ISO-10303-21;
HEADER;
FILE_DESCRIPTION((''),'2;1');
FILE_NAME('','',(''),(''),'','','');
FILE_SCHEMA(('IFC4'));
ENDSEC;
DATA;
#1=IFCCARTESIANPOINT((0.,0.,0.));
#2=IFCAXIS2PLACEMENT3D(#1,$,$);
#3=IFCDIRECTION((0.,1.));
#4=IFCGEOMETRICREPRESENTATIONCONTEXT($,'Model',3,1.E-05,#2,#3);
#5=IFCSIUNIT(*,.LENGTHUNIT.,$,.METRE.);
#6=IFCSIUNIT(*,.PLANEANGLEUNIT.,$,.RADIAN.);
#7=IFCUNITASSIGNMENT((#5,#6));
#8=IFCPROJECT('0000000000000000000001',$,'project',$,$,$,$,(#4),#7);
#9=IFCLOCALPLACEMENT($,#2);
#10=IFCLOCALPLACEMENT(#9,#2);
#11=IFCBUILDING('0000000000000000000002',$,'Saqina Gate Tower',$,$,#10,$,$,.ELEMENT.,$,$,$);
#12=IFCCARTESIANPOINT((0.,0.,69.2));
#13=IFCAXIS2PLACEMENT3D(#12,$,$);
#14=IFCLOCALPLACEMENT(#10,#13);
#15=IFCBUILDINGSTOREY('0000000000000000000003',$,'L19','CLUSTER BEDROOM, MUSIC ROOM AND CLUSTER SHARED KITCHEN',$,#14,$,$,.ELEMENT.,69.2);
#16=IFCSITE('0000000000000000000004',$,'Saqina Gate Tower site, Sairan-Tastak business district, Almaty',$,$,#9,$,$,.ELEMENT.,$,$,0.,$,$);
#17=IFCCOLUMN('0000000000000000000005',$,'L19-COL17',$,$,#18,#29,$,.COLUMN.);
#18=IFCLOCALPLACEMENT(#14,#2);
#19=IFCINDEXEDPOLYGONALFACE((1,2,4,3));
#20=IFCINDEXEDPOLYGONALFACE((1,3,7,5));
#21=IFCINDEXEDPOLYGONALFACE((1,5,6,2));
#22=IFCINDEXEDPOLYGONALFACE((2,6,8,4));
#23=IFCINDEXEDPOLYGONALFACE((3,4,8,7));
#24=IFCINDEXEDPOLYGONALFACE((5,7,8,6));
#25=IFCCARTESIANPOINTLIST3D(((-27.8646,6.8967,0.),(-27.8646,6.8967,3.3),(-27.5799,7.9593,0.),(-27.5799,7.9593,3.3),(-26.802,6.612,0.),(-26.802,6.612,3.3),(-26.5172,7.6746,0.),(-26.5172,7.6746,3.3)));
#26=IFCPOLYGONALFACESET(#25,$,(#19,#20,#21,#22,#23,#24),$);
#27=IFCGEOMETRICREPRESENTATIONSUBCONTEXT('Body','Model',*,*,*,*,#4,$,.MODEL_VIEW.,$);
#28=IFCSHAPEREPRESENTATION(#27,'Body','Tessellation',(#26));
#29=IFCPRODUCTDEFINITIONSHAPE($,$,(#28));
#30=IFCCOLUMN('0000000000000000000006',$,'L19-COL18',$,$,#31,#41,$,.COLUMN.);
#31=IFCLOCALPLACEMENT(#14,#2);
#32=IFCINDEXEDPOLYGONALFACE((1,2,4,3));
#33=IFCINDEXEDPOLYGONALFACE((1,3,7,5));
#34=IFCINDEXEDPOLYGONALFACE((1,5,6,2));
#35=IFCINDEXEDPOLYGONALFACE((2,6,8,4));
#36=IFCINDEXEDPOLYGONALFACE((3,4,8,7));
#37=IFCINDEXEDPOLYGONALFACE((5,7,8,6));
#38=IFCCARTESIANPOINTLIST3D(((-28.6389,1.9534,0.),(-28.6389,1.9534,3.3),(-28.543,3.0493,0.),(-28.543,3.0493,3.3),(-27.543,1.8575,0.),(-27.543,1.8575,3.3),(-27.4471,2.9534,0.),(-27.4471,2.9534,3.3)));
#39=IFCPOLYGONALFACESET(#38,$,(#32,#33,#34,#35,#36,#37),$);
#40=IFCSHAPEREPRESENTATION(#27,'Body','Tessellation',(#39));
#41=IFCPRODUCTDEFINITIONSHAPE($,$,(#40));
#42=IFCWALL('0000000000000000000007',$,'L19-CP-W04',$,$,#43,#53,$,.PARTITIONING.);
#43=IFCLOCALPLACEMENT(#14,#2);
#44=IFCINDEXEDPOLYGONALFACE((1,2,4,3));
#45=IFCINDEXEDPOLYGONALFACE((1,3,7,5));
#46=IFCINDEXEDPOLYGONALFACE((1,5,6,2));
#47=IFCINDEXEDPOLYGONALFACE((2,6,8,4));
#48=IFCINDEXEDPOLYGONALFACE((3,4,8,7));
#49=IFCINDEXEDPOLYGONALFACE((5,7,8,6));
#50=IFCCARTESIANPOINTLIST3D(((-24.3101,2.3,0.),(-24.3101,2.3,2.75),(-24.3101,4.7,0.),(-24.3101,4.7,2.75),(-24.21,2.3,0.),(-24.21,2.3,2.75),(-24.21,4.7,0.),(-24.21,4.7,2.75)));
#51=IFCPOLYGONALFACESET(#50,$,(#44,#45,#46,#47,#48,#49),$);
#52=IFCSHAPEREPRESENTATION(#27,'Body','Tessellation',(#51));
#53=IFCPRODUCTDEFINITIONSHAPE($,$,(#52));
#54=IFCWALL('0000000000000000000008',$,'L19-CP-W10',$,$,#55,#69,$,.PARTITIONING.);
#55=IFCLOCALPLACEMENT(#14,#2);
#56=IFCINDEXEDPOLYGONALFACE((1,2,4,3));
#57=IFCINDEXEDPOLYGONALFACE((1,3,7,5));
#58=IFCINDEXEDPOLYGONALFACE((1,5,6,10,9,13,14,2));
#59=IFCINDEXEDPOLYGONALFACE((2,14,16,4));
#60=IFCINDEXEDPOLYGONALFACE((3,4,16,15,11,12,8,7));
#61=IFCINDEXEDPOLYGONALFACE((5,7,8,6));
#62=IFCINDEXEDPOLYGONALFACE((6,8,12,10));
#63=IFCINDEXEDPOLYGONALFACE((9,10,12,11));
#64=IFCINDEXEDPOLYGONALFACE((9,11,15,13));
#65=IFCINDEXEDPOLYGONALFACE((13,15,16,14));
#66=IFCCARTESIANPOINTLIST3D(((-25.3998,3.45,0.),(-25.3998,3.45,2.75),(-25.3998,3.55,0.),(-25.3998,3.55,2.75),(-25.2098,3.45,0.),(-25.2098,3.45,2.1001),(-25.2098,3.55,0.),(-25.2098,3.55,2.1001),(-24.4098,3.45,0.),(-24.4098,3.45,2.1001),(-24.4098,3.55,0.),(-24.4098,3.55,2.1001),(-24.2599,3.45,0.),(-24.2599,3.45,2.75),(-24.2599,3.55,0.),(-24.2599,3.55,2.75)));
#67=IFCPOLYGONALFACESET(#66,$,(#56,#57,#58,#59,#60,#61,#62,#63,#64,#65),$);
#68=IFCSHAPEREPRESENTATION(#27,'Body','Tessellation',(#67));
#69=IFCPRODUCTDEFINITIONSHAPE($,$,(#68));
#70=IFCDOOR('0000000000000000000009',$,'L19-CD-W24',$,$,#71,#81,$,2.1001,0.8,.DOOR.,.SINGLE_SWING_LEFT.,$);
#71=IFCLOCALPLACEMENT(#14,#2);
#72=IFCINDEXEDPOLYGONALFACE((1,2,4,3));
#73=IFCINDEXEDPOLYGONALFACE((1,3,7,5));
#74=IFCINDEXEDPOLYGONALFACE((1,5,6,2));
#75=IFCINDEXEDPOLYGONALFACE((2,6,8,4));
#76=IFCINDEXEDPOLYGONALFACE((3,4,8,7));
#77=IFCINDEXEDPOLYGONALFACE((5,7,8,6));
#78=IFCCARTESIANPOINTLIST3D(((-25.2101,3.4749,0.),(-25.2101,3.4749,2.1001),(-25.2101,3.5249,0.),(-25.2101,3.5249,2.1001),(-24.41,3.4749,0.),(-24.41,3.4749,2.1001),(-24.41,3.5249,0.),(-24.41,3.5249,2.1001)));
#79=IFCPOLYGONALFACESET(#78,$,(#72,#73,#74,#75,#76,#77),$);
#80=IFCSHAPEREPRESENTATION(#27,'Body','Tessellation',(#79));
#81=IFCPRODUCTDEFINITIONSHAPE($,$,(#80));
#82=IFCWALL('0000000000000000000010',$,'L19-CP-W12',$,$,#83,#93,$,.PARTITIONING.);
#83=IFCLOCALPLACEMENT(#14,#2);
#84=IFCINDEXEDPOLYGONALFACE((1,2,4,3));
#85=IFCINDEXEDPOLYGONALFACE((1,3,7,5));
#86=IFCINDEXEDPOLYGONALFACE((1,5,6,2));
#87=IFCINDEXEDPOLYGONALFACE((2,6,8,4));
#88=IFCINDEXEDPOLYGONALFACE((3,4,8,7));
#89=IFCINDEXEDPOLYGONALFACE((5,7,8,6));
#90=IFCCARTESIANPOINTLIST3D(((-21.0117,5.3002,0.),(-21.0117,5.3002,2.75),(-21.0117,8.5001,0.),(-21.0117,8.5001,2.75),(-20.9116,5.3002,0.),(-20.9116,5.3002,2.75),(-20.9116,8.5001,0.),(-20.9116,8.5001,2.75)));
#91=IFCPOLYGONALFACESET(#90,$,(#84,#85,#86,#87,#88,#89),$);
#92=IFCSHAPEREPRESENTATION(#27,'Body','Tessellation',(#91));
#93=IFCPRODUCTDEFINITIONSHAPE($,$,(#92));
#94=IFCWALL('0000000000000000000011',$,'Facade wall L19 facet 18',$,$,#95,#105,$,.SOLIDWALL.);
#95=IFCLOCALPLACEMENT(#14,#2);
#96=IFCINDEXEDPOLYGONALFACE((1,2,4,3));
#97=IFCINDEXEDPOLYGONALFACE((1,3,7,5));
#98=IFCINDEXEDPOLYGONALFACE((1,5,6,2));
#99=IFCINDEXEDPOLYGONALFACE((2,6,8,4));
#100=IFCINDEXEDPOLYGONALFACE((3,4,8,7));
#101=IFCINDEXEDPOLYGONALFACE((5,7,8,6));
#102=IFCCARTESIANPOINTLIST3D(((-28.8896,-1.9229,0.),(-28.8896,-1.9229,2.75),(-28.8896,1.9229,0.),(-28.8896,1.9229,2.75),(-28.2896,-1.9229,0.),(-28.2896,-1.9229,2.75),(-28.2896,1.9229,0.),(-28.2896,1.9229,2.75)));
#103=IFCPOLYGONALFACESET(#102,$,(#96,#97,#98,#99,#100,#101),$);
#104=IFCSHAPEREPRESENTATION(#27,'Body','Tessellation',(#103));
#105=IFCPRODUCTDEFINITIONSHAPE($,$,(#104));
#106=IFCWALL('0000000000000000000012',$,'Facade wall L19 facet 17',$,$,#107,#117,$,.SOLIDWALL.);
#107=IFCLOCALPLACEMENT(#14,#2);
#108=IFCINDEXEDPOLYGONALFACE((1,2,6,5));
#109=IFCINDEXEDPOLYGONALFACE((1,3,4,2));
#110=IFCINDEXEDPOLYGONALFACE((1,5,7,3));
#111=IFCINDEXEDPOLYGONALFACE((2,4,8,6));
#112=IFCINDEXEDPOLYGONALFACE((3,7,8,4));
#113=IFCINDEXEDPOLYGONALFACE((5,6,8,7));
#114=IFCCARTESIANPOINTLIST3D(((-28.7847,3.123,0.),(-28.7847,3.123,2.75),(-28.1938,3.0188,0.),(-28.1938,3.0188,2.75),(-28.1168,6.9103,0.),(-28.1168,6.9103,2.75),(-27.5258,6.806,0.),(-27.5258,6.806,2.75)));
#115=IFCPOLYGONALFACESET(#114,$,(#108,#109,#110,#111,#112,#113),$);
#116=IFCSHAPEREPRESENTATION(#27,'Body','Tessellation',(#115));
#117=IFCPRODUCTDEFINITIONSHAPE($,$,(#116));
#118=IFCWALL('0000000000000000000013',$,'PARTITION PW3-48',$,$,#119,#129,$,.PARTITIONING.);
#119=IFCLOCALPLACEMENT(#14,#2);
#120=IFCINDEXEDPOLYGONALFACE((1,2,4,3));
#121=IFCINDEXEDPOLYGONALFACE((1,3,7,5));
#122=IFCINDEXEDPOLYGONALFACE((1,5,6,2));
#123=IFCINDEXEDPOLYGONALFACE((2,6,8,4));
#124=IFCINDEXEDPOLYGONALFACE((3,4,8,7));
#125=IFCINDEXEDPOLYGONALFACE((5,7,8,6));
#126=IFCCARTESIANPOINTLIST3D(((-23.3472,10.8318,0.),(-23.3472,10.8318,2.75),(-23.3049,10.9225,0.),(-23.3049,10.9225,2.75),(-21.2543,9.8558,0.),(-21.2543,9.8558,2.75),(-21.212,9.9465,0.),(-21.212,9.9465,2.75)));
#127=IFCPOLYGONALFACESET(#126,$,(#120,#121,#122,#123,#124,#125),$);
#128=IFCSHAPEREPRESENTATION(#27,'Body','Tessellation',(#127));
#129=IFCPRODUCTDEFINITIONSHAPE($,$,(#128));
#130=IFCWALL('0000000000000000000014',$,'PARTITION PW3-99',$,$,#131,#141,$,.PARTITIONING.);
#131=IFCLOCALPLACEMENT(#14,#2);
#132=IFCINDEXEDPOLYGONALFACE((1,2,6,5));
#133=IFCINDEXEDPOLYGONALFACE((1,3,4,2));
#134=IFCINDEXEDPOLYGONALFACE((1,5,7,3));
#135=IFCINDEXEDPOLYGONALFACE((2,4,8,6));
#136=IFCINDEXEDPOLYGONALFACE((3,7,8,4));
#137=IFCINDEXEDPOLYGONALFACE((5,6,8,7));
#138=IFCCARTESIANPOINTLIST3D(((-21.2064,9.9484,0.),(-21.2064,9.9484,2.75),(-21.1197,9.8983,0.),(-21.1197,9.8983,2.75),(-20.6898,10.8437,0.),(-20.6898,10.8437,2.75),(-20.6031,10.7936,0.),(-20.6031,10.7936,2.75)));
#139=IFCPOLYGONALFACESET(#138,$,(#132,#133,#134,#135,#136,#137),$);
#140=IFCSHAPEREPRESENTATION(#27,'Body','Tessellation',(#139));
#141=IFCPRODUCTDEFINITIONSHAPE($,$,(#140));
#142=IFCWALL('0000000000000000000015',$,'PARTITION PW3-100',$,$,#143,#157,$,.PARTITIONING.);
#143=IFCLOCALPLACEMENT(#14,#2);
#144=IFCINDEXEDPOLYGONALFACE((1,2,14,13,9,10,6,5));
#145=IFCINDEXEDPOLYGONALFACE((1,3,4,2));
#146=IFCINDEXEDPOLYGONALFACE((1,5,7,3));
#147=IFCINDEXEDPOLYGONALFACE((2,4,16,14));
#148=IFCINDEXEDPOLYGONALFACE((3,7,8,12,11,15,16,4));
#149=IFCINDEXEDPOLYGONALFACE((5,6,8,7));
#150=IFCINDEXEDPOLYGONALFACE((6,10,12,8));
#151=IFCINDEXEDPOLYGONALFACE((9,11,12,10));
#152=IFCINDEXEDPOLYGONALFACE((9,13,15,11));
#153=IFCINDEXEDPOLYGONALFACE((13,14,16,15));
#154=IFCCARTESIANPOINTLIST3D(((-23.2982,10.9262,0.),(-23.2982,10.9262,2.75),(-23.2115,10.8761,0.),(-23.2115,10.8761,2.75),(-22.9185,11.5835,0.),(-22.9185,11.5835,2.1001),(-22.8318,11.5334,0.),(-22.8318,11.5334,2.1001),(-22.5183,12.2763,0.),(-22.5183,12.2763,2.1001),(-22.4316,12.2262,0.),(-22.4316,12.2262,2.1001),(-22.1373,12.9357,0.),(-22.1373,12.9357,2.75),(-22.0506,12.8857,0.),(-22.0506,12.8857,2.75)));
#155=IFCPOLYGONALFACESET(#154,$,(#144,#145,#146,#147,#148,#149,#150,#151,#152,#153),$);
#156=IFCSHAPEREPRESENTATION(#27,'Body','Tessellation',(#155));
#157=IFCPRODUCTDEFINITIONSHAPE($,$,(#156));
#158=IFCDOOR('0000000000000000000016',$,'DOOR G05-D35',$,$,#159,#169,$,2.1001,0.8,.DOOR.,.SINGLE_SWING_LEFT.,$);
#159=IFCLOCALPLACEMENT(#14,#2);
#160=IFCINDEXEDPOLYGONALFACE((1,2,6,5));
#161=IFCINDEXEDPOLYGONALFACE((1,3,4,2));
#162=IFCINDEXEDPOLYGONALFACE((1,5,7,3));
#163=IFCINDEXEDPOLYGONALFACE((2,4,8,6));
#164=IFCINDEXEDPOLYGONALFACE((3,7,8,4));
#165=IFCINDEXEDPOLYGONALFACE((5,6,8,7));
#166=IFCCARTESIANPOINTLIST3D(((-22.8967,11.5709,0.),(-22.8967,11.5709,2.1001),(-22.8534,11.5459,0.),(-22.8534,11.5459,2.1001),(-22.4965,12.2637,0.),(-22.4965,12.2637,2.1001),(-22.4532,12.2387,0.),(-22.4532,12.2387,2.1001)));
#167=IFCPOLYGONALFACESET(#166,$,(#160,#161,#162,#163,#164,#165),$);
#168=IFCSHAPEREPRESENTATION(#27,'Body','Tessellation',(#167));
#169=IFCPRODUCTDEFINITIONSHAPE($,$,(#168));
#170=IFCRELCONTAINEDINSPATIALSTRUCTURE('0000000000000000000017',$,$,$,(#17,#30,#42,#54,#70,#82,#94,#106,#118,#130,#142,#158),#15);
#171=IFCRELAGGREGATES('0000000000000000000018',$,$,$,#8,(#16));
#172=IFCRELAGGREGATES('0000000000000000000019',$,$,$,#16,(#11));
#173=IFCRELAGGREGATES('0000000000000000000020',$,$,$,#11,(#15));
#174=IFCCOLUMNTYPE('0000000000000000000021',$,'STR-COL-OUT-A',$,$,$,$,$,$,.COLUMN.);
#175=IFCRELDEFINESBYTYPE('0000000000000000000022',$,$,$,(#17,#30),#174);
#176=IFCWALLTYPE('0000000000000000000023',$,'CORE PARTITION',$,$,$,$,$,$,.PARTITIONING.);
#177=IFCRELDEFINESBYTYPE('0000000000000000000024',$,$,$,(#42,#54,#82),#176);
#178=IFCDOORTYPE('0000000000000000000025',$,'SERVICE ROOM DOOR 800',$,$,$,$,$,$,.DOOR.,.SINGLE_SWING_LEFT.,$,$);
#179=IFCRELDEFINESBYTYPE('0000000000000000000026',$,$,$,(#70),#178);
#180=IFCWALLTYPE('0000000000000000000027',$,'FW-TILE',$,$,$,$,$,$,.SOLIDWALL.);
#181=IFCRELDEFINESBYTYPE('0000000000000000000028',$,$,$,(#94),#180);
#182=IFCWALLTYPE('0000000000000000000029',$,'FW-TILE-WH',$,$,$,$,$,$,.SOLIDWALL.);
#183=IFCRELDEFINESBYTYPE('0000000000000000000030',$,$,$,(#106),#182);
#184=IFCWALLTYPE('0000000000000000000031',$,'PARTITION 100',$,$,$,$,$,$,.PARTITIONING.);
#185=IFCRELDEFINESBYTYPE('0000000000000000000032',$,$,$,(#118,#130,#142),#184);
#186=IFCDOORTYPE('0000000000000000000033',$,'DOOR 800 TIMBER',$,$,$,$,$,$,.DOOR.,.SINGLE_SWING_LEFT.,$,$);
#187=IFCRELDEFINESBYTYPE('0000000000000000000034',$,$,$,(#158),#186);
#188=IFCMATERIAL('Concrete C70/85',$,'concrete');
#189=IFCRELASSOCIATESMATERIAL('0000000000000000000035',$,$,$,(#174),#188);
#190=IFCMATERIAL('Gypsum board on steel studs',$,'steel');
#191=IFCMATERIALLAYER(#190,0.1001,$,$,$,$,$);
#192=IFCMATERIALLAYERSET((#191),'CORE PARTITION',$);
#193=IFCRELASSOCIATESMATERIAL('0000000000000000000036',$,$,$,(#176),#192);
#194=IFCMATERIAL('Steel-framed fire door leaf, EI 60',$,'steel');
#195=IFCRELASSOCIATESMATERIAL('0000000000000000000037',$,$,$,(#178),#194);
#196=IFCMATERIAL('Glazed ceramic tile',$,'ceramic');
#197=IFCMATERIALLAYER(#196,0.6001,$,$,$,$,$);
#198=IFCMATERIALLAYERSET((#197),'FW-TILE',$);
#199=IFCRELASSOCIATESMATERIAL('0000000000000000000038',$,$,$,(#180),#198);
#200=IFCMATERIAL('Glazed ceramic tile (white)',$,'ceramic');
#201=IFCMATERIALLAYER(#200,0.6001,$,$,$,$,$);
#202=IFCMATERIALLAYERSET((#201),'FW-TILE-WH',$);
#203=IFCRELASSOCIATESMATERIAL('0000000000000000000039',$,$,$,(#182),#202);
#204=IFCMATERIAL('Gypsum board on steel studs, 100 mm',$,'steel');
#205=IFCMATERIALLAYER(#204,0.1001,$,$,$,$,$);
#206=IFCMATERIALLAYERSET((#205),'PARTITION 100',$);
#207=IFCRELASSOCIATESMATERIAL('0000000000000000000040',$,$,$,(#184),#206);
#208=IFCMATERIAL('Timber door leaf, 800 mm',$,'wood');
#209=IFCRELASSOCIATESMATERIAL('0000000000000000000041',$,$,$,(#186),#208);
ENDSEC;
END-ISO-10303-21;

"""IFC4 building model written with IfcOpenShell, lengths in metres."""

from ifc_helpers import new_model, si_unit, direction, frame, frame_2d, origin, origin_2d, place, context, subcontext, project, spatial, rectangle, extrude, material, layer, layer_set, material_profile, profile_set, type_object, element, fill, save


model = new_model("IFC4")

# Units and contexts
model_context = context("Model", 3, precision=1e-05, world=origin(), true_north=direction((0.0, 1.0)))
body_context = subcontext(model_context, "Body", "Model", "MODEL_VIEW")
ifc_project = project(units=[si_unit("LENGTHUNIT", "METRE"), si_unit("PLANEANGLEUNIT", "RADIAN")], contexts=[model_context])

# Site, building, storey
site_placement = place(None, origin())
site = spatial("IfcSite", under=ifc_project, at=site_placement, Name="Saqina Gate Tower site, Sairan-Tastak business district, Almaty", CompositionType="ELEMENT", RefElevation=0.0)
building_placement = place(site_placement, origin())
building = spatial("IfcBuilding", under=site, at=building_placement, Name="Saqina Gate Tower", CompositionType="ELEMENT")
storey_placement = place(building_placement, frame((0.0, 0.0, 69.2)))
storey = spatial("IfcBuildingStorey", under=building, at=storey_placement, Name="L19", Description="CLUSTER BEDROOM, MUSIC ROOM AND CLUSTER SHARED KITCHEN", CompositionType="ELEMENT", Elevation=69.2)

# Columns
ifc_material_1 = material(Name="Concrete C70/85", Category="concrete")
ifc_material_profile = material_profile(ifc_material_1, rectangle(XDim=1.1001, YDim=1.1001, at=origin_2d()), Name="RC 1100x1100")
ifc_profile_set = profile_set([ifc_material_profile], Name="Concrete C70/85")
column_type = type_object("IfcColumnType", Name="STR-COL-OUT-A", PredefinedType="COLUMN", material=ifc_profile_set)
for number, where, z_axis, x_axis, name in (
    (1, (-27.1909, 7.2856, 0.0), (0.0, 0.0, 1.0), (-0.965926, 0.258819, 0.0), "L19-COL17"),
    (2, (-28.043, 2.4534, 0.0), (0.0, 0.0, 1.0), (-0.996195, 0.087156, 0.0), "L19-COL18"),
):
    element("IfcColumn", number, at=place(storey_placement, frame(where, z_axis=z_axis, x_axis=x_axis)), inside=storey, type_object=column_type, Name=name, PredefinedType="COLUMN", context=body_context, shape_type="SweptSolid", body=[
        extrude(rectangle(XDim=1.1001, YDim=1.1001, at=origin_2d()), origin(), (0.0, 0.0, 1.0), 3.3),
    ])

# Wall
ifc_material_2 = material(Name="Gypsum board on steel studs", Category="steel")
ifc_layer_1 = layer(ifc_material_2, 0.1001)
ifc_layer_set_1 = layer_set([ifc_layer_1], Name="CORE PARTITION")
wall_type_1 = type_object("IfcWallType", Name="CORE PARTITION", PredefinedType="PARTITIONING", material=ifc_layer_set_1)
wall_1_placement = place(storey_placement, frame((-24.26, 2.3, 0.0), z_axis=(0.0, 0.0, 1.0), x_axis=(0.0, 1.0, 0.0)))
element("IfcWall", 3, at=wall_1_placement, inside=storey, type_object=wall_type_1, Name="L19-CP-W04", PredefinedType="PARTITIONING", context=body_context, shape_type="SweptSolid", body=[
    extrude(rectangle(XDim=2.3999, YDim=0.1001, at=frame_2d((1.2, 0.0))), origin(), (0.0, 0.0, 1.0), 2.75),
])

# Wall, opening, door
wall_2_placement = place(storey_placement, frame((-24.26, 3.5, 0.0), z_axis=(0.0, 0.0, 1.0), x_axis=(-1.0, 0.0, 0.0)))
wall_2 = element("IfcWall", 4, at=wall_2_placement, inside=storey, type_object=wall_type_1, Name="L19-CP-W10", PredefinedType="PARTITIONING", context=body_context, shape_type="SweptSolid", body=[
    extrude(rectangle(XDim=1.1399, YDim=0.1001, at=frame_2d((0.5698, 0.0))), origin(), (0.0, 0.0, 1.0), 2.75),
])
opening_1_placement = place(wall_2_placement, frame((0.1499, 0.0, 0.0)))
opening_1 = element("IfcOpeningElement", 5, at=opening_1_placement, cuts=wall_2, PredefinedType="OPENING", context=body_context, shape_type="SweptSolid", body=[
    extrude(rectangle(XDim=0.8, YDim=2.1001, at=frame_2d((0.3999, 1.05))), frame((0.0, 0.062, 0.0), z_axis=(0.0, -1.0, 0.0), x_axis=(1.0, 0.0, 0.0)), (0.0, 0.0, 1.0), 0.124),
])
ifc_material_3 = material(Name="Steel-framed fire door leaf, EI 60", Category="steel")
door_type_1 = type_object("IfcDoorType", Name="SERVICE ROOM DOOR 800", OperationType="SINGLE_SWING_LEFT", PredefinedType="DOOR", material=ifc_material_3)
door_1_placement = place(opening_1_placement, frame((0.8, 0.0, 0.0), z_axis=(0.0, 0.0, 1.0), x_axis=(-1.0, 0.0, 0.0)))
door_1 = element("IfcDoor", 6, at=door_1_placement, inside=storey, type_object=door_type_1, Name="L19-CD-W24", OperationType="SINGLE_SWING_LEFT", OverallHeight=2.1001, OverallWidth=0.8, PredefinedType="DOOR", context=body_context, shape_type="SweptSolid", body=[
    extrude(rectangle(XDim=0.8, YDim=2.1001, at=frame_2d((0.3999, 1.05))), frame((0.0, 0.0249, 0.0), z_axis=(0.0, -1.0, 0.0), x_axis=(1.0, 0.0, 0.0)), (0.0, 0.0, 1.0), 0.05),
])
fill(opening_1, door_1)

# Walls
wall_3_placement = place(storey_placement, frame((-20.9617, 5.3, 0.0), z_axis=(0.0, 0.0, 1.0), x_axis=(0.0, 1.0, 0.0)))
element("IfcWall", 7, at=wall_3_placement, inside=storey, type_object=wall_type_1, Name="L19-CP-W12", PredefinedType="PARTITIONING", context=body_context, shape_type="SweptSolid", body=[
    extrude(rectangle(XDim=3.2, YDim=0.1001, at=frame_2d((1.6001, 0.0))), origin(), (0.0, 0.0, 1.0), 2.75),
])
ifc_material_4 = material(Name="Glazed ceramic tile", Category="ceramic")
ifc_layer_2 = layer(ifc_material_4, 0.6001)
ifc_layer_set_2 = layer_set([ifc_layer_2], Name="FW-TILE")
wall_type_2 = type_object("IfcWallType", Name="FW-TILE", PredefinedType="SOLIDWALL", material=ifc_layer_set_2)
wall_4_placement = place(storey_placement, frame((-28.5896, 1.9229, 0.0), z_axis=(0.0, 0.0, 1.0), x_axis=(0.0, -1.0, 0.0)))
element("IfcWall", 8, at=wall_4_placement, inside=storey, type_object=wall_type_2, Name="Facade wall L19 facet 18", PredefinedType="SOLIDWALL", context=body_context, shape_type="SweptSolid", body=[
    extrude(rectangle(XDim=3.8457, YDim=0.6001, at=frame_2d((1.9229, 0.0))), origin(), (0.0, 0.0, 1.0), 2.75),
])
ifc_material_5 = material(Name="Glazed ceramic tile (white)", Category="ceramic")
ifc_layer_3 = layer(ifc_material_5, 0.6001)
ifc_layer_set_3 = layer_set([ifc_layer_3], Name="FW-TILE-WH")
wall_type_3 = type_object("IfcWallType", Name="FW-TILE-WH", PredefinedType="SOLIDWALL", material=ifc_layer_set_3)
wall_5_placement = place(storey_placement, frame((-27.8213, 6.8582, 0.0), z_axis=(0.0, 0.0, 1.0), x_axis=(-0.173688, -0.984801, 0.0)))
element("IfcWall", 9, at=wall_5_placement, inside=storey, type_object=wall_type_3, Name="Facade wall L19 facet 17", PredefinedType="SOLIDWALL", context=body_context, shape_type="SweptSolid", body=[
    extrude(rectangle(XDim=3.8457, YDim=0.6001, at=frame_2d((1.9229, 0.0))), origin(), (0.0, 0.0, 1.0), 2.75),
])
ifc_material_6 = material(Name="Gypsum board on steel studs, 100 mm", Category="steel")
ifc_layer_4 = layer(ifc_material_6, 0.1001)
ifc_layer_set_4 = layer_set([ifc_layer_4], Name="PARTITION 100")
wall_type_4 = type_object("IfcWallType", Name="PARTITION 100", PredefinedType="PARTITIONING", material=ifc_layer_set_4)
wall_6_placement = place(storey_placement, frame((-23.3262, 10.8772, 0.0), z_axis=(0.0, 0.0, 1.0), x_axis=(0.906294, -0.422648, 0.0)))
element("IfcWall", 10, at=wall_6_placement, inside=storey, type_object=wall_type_4, Name="PARTITION PW3-48", PredefinedType="PARTITIONING", context=body_context, shape_type="SweptSolid", body=[
    extrude(rectangle(XDim=2.3093, YDim=0.1001, at=frame_2d((1.1548, 0.0))), origin(), (0.0, 0.0, 1.0), 2.75),
])
wall_7_placement = place(storey_placement, frame((-21.1631, 9.9233, 0.0), z_axis=(0.0, 0.0, 1.0), x_axis=(0.499797, 0.866142, 0.0)))
element("IfcWall", 11, at=wall_7_placement, inside=storey, type_object=wall_type_4, Name="PARTITION PW3-99", PredefinedType="PARTITIONING", context=body_context, shape_type="SweptSolid", body=[
    extrude(rectangle(XDim=1.0337, YDim=0.1001, at=frame_2d((0.5168, 0.0))), origin(), (0.0, 0.0, 1.0), 2.75),
])

# Wall, opening, door
wall_8_placement = place(storey_placement, frame((-23.2549, 10.9011, 0.0), z_axis=(0.0, 0.0, 1.0), x_axis=(0.500223, 0.865896, 0.0)))
wall_8 = element("IfcWall", 12, at=wall_8_placement, inside=storey, type_object=wall_type_4, Name="PARTITION PW3-100", PredefinedType="PARTITIONING", context=body_context, shape_type="SweptSolid", body=[
    extrude(rectangle(XDim=2.3208, YDim=0.1001, at=frame_2d((1.1604, 0.0))), origin(), (0.0, 0.0, 1.0), 2.75),
])
opening_2_placement = place(wall_8_placement, frame((0.7593, 0.0, 0.0)))
opening_2 = element("IfcOpeningElement", 13, at=opening_2_placement, cuts=wall_8, PredefinedType="OPENING", context=body_context, shape_type="SweptSolid", body=[
    extrude(rectangle(XDim=0.8, YDim=2.1001, at=frame_2d((0.3999, 1.05))), frame((0.0, 0.062, 0.0), z_axis=(0.0, -1.0, 0.0), x_axis=(1.0, 0.0, 0.0)), (0.0, 0.0, 1.0), 0.124),
])
ifc_material_7 = material(Name="Timber door leaf, 800 mm", Category="wood")
door_type_2 = type_object("IfcDoorType", Name="DOOR 800 TIMBER", OperationType="SINGLE_SWING_LEFT", PredefinedType="DOOR", material=ifc_material_7)
door_2_placement = place(opening_2_placement, origin())
door_2 = element("IfcDoor", 14, at=door_2_placement, inside=storey, type_object=door_type_2, Name="DOOR G05-D35", OperationType="SINGLE_SWING_LEFT", OverallHeight=2.1001, OverallWidth=0.8, PredefinedType="DOOR", context=body_context, shape_type="SweptSolid", body=[
    extrude(rectangle(XDim=0.8, YDim=2.1001, at=frame_2d((0.3999, 1.05))), frame((0.0, 0.0249, 0.0), z_axis=(0.0, -1.0, 0.0), x_axis=(1.0, 0.0, 0.0)), (0.0, 0.0, 1.0), 0.05),
])
fill(opening_2, door_2)

save(model, "model.ifc")
